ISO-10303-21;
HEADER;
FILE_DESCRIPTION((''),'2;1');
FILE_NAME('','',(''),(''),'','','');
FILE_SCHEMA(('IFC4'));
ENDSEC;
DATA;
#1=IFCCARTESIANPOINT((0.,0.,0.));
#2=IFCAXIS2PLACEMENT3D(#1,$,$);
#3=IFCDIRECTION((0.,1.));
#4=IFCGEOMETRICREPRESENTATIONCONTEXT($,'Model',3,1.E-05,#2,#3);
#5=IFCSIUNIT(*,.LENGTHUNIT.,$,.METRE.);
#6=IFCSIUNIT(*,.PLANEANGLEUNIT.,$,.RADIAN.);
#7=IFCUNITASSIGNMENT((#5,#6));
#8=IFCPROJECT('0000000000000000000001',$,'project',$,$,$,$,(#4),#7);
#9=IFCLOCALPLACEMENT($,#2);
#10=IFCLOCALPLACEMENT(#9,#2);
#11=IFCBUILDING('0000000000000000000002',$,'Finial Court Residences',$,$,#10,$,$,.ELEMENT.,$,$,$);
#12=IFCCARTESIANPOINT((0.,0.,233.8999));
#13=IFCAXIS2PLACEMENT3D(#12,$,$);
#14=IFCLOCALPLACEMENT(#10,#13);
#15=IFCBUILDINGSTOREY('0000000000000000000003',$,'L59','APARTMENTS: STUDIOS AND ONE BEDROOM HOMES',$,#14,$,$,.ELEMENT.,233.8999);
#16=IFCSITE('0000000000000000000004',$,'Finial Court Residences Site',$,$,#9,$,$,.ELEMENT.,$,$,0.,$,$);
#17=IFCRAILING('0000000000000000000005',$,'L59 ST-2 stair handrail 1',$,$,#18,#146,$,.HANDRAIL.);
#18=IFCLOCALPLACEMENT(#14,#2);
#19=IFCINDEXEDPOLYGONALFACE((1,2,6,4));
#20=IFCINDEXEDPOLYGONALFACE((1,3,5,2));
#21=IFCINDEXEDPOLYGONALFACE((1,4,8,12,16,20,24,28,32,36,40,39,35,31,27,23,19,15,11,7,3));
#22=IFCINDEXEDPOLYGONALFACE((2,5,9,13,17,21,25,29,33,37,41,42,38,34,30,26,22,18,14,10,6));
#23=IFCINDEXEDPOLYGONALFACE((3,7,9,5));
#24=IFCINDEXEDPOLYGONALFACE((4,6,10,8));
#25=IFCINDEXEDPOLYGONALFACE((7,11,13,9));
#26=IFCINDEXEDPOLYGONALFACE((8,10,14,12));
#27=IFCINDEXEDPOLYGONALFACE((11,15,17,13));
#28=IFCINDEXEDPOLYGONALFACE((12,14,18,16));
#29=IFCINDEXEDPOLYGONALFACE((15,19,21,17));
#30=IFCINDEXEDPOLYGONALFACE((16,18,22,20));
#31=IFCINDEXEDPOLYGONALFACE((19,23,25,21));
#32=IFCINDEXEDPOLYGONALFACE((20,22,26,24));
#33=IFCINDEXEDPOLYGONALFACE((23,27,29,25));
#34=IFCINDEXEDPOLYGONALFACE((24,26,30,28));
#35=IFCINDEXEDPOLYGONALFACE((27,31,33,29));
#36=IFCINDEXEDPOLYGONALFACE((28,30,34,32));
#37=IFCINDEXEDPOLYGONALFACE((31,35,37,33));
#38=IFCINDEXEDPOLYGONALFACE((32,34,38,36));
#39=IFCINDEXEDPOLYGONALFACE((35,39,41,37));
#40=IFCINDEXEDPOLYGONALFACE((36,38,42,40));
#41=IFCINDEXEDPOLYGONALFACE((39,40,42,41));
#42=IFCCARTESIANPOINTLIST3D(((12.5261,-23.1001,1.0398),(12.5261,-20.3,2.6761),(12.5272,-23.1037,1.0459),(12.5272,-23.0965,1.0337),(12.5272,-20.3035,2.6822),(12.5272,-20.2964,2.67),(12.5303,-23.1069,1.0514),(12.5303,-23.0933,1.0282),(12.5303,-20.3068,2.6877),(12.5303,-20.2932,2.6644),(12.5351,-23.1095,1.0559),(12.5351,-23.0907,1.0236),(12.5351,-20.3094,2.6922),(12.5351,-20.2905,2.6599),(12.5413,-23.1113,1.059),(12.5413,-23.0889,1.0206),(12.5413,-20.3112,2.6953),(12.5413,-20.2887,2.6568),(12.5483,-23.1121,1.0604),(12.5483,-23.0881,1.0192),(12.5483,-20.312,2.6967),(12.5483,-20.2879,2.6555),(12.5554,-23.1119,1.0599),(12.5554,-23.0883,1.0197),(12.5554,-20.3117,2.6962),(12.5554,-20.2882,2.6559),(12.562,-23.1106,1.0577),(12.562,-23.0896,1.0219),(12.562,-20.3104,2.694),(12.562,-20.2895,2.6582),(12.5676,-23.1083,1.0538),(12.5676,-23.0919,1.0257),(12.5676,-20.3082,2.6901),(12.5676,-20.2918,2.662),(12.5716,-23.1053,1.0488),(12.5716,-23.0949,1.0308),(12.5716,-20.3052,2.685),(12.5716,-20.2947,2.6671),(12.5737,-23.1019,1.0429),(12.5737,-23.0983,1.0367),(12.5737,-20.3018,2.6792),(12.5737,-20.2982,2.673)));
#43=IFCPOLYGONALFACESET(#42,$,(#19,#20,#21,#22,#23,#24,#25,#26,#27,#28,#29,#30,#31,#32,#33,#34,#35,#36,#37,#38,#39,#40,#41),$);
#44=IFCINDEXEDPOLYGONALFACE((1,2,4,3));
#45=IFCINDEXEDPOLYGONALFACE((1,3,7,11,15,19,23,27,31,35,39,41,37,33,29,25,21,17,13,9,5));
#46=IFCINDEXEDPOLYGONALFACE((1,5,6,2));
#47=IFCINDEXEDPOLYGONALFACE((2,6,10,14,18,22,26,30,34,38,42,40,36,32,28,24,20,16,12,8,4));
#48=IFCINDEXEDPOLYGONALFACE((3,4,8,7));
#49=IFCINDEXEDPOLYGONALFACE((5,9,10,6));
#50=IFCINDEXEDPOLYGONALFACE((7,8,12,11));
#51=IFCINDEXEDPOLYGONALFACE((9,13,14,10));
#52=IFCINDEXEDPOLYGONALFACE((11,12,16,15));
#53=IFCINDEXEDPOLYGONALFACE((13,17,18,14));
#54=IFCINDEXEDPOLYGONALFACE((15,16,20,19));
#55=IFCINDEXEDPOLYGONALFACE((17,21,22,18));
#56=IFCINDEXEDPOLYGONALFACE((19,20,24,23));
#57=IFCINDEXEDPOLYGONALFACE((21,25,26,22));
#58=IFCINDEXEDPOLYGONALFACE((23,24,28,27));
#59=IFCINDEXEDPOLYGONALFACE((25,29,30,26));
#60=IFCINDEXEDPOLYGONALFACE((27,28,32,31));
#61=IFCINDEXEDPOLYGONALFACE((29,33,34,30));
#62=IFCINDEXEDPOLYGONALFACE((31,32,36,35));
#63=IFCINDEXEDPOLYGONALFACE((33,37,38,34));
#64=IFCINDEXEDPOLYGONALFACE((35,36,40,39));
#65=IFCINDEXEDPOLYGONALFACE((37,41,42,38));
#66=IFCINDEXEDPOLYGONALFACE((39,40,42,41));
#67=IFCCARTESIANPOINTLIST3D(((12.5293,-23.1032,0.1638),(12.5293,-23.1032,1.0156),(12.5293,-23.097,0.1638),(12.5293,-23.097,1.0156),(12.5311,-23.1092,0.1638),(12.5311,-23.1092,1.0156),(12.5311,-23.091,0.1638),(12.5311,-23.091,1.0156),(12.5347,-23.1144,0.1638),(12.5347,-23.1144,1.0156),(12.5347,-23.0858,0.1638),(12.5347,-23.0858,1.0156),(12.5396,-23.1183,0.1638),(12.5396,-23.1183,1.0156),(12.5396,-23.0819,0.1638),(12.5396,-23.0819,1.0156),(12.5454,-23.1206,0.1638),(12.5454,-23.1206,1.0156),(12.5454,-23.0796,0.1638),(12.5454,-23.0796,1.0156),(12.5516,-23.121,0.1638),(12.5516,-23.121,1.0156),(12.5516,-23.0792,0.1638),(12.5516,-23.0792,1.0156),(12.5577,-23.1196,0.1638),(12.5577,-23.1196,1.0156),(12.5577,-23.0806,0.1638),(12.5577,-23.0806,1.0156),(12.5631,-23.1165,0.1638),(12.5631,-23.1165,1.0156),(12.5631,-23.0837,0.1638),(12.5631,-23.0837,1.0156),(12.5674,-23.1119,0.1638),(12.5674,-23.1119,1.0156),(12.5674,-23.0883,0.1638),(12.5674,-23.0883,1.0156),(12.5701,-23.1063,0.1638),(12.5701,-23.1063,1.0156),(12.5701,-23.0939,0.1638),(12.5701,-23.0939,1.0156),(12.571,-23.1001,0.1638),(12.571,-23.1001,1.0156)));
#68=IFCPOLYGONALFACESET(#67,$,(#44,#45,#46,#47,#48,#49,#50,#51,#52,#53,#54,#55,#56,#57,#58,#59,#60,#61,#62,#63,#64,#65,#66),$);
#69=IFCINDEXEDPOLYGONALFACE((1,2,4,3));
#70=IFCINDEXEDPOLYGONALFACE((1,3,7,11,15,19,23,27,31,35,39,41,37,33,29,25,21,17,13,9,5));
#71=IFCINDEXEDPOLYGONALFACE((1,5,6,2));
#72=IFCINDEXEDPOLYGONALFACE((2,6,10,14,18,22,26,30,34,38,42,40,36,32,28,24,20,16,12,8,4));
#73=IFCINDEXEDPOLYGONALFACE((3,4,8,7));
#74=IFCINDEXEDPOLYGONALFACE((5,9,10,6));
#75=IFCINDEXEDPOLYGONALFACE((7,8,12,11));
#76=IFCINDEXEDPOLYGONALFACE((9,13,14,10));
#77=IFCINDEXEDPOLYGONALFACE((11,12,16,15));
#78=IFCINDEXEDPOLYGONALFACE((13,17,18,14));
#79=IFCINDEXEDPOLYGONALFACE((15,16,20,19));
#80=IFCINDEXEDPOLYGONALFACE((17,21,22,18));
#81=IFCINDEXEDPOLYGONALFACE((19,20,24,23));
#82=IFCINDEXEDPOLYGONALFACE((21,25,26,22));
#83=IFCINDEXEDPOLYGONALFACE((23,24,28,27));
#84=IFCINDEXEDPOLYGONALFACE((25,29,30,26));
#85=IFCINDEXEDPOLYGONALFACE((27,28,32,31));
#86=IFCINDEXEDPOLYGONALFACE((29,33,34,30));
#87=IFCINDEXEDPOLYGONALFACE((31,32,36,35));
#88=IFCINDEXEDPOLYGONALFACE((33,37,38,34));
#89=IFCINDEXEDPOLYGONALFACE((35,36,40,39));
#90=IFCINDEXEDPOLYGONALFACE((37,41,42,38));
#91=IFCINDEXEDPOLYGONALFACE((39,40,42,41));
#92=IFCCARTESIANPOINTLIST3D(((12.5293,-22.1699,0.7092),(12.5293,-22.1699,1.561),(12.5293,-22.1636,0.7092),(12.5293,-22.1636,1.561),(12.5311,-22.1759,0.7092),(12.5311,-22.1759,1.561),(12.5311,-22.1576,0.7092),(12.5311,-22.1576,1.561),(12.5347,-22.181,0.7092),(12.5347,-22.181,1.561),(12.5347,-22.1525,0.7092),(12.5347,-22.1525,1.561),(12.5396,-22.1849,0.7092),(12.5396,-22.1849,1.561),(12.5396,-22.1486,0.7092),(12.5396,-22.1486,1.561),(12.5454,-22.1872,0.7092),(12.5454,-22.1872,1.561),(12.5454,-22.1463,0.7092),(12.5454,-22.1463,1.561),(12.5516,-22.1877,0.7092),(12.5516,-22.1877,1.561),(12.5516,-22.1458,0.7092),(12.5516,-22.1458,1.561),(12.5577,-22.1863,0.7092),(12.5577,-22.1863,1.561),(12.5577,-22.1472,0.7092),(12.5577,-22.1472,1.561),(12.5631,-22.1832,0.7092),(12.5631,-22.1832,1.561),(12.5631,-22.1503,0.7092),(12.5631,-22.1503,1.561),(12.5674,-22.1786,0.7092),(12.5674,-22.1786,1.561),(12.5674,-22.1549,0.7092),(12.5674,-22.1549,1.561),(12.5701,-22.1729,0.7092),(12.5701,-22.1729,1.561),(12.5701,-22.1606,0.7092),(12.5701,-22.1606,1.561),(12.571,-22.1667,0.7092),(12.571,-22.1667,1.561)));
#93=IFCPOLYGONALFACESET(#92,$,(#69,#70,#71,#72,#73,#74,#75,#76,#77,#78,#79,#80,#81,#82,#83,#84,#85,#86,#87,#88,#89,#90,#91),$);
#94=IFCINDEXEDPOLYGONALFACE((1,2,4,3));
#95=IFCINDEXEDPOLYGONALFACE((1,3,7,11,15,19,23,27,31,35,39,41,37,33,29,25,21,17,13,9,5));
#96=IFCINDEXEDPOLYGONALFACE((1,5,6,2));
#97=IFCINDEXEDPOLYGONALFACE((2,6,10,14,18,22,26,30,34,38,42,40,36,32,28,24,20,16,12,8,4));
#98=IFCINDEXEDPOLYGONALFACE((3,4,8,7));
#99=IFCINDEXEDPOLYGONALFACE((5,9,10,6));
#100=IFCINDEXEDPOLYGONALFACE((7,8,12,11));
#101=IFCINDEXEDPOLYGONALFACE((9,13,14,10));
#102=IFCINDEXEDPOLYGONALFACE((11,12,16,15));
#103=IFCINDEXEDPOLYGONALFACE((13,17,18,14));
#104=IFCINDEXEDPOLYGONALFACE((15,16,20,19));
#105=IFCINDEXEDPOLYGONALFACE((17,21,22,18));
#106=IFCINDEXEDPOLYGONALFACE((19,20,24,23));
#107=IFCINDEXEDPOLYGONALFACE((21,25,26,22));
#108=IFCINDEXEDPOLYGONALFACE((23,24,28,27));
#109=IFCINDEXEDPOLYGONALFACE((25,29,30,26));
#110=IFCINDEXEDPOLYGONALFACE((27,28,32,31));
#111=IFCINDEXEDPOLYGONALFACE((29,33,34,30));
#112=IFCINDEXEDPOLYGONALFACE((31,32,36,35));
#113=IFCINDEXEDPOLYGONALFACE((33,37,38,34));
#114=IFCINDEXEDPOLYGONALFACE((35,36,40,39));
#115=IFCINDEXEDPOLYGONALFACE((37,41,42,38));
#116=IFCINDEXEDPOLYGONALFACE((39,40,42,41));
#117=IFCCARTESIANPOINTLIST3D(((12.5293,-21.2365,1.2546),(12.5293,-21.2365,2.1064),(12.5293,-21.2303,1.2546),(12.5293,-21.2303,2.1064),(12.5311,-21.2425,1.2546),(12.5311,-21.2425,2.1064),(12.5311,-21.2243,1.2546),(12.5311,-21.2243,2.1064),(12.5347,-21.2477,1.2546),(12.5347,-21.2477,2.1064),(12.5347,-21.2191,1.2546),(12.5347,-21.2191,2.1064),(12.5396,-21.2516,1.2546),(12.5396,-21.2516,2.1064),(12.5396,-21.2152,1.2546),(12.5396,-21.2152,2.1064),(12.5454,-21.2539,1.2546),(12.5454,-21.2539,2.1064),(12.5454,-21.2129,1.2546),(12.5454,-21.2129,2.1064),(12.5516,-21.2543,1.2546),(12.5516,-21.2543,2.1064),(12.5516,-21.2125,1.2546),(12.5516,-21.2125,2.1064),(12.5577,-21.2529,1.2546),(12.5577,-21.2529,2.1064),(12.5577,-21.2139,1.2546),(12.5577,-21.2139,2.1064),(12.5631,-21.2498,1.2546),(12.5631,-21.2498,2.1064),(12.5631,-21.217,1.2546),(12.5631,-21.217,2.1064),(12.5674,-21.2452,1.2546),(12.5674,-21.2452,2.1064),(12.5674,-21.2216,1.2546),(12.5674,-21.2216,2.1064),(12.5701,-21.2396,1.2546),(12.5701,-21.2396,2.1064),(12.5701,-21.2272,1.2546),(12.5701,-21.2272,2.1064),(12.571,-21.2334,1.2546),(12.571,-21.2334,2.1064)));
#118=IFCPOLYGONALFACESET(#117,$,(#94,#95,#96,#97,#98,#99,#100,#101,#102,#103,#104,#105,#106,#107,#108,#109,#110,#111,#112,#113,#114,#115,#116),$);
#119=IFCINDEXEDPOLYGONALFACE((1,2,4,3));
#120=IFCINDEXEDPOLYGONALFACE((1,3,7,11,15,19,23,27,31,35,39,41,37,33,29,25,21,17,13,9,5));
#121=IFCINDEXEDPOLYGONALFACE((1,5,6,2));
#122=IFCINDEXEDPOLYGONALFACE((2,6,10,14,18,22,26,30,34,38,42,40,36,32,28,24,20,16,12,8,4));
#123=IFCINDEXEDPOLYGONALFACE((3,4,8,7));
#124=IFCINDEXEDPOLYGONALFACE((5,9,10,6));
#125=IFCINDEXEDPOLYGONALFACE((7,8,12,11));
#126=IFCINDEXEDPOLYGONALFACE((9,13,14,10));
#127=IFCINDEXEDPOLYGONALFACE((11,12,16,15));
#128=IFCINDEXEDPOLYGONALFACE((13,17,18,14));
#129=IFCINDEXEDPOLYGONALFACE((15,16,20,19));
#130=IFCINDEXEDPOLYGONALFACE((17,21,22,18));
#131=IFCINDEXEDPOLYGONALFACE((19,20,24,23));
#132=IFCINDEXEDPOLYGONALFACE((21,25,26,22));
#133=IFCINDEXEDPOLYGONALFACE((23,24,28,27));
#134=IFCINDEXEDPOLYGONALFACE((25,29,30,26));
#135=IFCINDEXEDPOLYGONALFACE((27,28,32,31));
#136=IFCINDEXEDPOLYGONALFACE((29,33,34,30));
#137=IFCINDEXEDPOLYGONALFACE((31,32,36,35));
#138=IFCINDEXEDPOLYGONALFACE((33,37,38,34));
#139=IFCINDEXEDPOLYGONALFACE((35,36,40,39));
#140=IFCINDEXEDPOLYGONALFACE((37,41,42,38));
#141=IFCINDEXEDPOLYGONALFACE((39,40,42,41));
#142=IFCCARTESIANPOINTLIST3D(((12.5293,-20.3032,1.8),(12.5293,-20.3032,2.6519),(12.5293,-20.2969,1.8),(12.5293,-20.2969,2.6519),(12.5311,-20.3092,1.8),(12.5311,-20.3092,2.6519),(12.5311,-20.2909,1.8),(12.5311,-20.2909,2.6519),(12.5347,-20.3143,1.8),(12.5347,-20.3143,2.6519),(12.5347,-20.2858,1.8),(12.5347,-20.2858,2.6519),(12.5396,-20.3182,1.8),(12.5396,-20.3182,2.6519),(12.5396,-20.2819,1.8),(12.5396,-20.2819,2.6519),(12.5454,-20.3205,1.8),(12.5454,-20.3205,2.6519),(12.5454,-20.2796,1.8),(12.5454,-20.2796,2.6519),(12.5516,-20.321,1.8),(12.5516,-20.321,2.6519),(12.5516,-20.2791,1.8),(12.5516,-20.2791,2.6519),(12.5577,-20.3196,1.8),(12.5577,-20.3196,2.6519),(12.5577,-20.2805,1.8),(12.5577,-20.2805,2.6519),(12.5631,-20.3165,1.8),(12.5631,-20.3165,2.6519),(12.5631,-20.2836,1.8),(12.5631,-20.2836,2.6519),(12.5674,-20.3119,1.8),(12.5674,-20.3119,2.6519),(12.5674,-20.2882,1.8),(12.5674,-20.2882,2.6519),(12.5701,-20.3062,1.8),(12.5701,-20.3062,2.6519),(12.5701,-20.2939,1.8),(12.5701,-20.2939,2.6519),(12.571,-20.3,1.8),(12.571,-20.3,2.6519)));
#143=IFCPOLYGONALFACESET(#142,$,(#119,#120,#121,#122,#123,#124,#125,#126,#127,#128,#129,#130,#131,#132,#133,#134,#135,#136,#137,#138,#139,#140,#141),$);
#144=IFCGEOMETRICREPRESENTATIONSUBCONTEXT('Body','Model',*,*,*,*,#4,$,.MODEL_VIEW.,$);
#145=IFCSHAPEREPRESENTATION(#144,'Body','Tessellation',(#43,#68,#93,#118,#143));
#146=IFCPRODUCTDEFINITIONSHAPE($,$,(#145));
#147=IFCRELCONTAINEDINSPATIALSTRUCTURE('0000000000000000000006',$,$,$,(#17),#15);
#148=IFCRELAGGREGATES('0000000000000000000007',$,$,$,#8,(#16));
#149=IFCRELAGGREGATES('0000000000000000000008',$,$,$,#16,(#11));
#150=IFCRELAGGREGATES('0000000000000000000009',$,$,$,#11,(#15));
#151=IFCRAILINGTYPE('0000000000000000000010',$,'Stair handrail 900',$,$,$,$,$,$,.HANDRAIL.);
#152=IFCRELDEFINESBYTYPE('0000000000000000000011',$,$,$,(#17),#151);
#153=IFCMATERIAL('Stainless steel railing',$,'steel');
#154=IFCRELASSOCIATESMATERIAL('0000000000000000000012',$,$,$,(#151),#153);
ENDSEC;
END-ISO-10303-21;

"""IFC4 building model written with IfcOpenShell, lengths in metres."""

from ifc_helpers import new_model, si_unit, direction, frame, origin, origin_2d, place, context, subcontext, project, spatial, circle, extrude, material, type_object, element, save


model = new_model("IFC4")

# Units and contexts
model_context = context("Model", 3, precision=1e-05, world=origin(), true_north=direction((0.0, 1.0)))
body_context = subcontext(model_context, "Body", "Model", "MODEL_VIEW")
ifc_project = project(units=[si_unit("LENGTHUNIT", "METRE"), si_unit("PLANEANGLEUNIT", "RADIAN")], contexts=[model_context])

# Site, building, storey
site_placement = place(None, origin())
site = spatial("IfcSite", under=ifc_project, at=site_placement, Name="Finial Court Residences Site", CompositionType="ELEMENT", RefElevation=0.0)
building_placement = place(site_placement, origin())
building = spatial("IfcBuilding", under=site, at=building_placement, Name="Finial Court Residences", CompositionType="ELEMENT")
storey_placement = place(building_placement, frame((0.0, 0.0, 233.8999)))
storey = spatial("IfcBuildingStorey", under=building, at=storey_placement, Name="L59", Description="APARTMENTS: STUDIOS AND ONE BEDROOM HOMES", CompositionType="ELEMENT", Elevation=233.8999)

# Railing
ifc_material_1 = material(Name="Stainless steel railing", Category="steel")
railing_type_1 = type_object("IfcRailingType", Name="Stair handrail 900", PredefinedType="HANDRAIL", material=ifc_material_1)
railing_1_placement = place(storey_placement, frame((12.55, -23.1001, 0.1638)))
element("IfcRailing", 1, at=railing_1_placement, inside=storey, type_object=railing_type_1, Name="L59 ST-2 stair handrail 1", PredefinedType="HANDRAIL", context=body_context, shape_type="SweptSolid", body=[
    extrude(circle(Radius=0.0239, at=origin_2d()), frame((0.0, 0.0, 0.876), z_axis=(0.0, 0.863394, 0.504531), x_axis=(-1.0, 0.0, 0.0)), (0.0, 0.0, 1.0), 3.2432),
    extrude(circle(Radius=0.021, at=origin_2d()), origin(), (0.0, 0.0, 1.0), 0.8518),
    extrude(circle(Radius=0.021, at=origin_2d()), frame((0.0, 0.9333, 0.5454)), (0.0, 0.0, 1.0), 0.8518),
    extrude(circle(Radius=0.021, at=origin_2d()), frame((0.0, 1.8667, 1.0908)), (0.0, 0.0, 1.0), 0.8518),
    extrude(circle(Radius=0.021, at=origin_2d()), frame((0.0, 2.8, 1.6362)), (0.0, 0.0, 1.0), 0.8518),
])

save(model, "model.ifc")
